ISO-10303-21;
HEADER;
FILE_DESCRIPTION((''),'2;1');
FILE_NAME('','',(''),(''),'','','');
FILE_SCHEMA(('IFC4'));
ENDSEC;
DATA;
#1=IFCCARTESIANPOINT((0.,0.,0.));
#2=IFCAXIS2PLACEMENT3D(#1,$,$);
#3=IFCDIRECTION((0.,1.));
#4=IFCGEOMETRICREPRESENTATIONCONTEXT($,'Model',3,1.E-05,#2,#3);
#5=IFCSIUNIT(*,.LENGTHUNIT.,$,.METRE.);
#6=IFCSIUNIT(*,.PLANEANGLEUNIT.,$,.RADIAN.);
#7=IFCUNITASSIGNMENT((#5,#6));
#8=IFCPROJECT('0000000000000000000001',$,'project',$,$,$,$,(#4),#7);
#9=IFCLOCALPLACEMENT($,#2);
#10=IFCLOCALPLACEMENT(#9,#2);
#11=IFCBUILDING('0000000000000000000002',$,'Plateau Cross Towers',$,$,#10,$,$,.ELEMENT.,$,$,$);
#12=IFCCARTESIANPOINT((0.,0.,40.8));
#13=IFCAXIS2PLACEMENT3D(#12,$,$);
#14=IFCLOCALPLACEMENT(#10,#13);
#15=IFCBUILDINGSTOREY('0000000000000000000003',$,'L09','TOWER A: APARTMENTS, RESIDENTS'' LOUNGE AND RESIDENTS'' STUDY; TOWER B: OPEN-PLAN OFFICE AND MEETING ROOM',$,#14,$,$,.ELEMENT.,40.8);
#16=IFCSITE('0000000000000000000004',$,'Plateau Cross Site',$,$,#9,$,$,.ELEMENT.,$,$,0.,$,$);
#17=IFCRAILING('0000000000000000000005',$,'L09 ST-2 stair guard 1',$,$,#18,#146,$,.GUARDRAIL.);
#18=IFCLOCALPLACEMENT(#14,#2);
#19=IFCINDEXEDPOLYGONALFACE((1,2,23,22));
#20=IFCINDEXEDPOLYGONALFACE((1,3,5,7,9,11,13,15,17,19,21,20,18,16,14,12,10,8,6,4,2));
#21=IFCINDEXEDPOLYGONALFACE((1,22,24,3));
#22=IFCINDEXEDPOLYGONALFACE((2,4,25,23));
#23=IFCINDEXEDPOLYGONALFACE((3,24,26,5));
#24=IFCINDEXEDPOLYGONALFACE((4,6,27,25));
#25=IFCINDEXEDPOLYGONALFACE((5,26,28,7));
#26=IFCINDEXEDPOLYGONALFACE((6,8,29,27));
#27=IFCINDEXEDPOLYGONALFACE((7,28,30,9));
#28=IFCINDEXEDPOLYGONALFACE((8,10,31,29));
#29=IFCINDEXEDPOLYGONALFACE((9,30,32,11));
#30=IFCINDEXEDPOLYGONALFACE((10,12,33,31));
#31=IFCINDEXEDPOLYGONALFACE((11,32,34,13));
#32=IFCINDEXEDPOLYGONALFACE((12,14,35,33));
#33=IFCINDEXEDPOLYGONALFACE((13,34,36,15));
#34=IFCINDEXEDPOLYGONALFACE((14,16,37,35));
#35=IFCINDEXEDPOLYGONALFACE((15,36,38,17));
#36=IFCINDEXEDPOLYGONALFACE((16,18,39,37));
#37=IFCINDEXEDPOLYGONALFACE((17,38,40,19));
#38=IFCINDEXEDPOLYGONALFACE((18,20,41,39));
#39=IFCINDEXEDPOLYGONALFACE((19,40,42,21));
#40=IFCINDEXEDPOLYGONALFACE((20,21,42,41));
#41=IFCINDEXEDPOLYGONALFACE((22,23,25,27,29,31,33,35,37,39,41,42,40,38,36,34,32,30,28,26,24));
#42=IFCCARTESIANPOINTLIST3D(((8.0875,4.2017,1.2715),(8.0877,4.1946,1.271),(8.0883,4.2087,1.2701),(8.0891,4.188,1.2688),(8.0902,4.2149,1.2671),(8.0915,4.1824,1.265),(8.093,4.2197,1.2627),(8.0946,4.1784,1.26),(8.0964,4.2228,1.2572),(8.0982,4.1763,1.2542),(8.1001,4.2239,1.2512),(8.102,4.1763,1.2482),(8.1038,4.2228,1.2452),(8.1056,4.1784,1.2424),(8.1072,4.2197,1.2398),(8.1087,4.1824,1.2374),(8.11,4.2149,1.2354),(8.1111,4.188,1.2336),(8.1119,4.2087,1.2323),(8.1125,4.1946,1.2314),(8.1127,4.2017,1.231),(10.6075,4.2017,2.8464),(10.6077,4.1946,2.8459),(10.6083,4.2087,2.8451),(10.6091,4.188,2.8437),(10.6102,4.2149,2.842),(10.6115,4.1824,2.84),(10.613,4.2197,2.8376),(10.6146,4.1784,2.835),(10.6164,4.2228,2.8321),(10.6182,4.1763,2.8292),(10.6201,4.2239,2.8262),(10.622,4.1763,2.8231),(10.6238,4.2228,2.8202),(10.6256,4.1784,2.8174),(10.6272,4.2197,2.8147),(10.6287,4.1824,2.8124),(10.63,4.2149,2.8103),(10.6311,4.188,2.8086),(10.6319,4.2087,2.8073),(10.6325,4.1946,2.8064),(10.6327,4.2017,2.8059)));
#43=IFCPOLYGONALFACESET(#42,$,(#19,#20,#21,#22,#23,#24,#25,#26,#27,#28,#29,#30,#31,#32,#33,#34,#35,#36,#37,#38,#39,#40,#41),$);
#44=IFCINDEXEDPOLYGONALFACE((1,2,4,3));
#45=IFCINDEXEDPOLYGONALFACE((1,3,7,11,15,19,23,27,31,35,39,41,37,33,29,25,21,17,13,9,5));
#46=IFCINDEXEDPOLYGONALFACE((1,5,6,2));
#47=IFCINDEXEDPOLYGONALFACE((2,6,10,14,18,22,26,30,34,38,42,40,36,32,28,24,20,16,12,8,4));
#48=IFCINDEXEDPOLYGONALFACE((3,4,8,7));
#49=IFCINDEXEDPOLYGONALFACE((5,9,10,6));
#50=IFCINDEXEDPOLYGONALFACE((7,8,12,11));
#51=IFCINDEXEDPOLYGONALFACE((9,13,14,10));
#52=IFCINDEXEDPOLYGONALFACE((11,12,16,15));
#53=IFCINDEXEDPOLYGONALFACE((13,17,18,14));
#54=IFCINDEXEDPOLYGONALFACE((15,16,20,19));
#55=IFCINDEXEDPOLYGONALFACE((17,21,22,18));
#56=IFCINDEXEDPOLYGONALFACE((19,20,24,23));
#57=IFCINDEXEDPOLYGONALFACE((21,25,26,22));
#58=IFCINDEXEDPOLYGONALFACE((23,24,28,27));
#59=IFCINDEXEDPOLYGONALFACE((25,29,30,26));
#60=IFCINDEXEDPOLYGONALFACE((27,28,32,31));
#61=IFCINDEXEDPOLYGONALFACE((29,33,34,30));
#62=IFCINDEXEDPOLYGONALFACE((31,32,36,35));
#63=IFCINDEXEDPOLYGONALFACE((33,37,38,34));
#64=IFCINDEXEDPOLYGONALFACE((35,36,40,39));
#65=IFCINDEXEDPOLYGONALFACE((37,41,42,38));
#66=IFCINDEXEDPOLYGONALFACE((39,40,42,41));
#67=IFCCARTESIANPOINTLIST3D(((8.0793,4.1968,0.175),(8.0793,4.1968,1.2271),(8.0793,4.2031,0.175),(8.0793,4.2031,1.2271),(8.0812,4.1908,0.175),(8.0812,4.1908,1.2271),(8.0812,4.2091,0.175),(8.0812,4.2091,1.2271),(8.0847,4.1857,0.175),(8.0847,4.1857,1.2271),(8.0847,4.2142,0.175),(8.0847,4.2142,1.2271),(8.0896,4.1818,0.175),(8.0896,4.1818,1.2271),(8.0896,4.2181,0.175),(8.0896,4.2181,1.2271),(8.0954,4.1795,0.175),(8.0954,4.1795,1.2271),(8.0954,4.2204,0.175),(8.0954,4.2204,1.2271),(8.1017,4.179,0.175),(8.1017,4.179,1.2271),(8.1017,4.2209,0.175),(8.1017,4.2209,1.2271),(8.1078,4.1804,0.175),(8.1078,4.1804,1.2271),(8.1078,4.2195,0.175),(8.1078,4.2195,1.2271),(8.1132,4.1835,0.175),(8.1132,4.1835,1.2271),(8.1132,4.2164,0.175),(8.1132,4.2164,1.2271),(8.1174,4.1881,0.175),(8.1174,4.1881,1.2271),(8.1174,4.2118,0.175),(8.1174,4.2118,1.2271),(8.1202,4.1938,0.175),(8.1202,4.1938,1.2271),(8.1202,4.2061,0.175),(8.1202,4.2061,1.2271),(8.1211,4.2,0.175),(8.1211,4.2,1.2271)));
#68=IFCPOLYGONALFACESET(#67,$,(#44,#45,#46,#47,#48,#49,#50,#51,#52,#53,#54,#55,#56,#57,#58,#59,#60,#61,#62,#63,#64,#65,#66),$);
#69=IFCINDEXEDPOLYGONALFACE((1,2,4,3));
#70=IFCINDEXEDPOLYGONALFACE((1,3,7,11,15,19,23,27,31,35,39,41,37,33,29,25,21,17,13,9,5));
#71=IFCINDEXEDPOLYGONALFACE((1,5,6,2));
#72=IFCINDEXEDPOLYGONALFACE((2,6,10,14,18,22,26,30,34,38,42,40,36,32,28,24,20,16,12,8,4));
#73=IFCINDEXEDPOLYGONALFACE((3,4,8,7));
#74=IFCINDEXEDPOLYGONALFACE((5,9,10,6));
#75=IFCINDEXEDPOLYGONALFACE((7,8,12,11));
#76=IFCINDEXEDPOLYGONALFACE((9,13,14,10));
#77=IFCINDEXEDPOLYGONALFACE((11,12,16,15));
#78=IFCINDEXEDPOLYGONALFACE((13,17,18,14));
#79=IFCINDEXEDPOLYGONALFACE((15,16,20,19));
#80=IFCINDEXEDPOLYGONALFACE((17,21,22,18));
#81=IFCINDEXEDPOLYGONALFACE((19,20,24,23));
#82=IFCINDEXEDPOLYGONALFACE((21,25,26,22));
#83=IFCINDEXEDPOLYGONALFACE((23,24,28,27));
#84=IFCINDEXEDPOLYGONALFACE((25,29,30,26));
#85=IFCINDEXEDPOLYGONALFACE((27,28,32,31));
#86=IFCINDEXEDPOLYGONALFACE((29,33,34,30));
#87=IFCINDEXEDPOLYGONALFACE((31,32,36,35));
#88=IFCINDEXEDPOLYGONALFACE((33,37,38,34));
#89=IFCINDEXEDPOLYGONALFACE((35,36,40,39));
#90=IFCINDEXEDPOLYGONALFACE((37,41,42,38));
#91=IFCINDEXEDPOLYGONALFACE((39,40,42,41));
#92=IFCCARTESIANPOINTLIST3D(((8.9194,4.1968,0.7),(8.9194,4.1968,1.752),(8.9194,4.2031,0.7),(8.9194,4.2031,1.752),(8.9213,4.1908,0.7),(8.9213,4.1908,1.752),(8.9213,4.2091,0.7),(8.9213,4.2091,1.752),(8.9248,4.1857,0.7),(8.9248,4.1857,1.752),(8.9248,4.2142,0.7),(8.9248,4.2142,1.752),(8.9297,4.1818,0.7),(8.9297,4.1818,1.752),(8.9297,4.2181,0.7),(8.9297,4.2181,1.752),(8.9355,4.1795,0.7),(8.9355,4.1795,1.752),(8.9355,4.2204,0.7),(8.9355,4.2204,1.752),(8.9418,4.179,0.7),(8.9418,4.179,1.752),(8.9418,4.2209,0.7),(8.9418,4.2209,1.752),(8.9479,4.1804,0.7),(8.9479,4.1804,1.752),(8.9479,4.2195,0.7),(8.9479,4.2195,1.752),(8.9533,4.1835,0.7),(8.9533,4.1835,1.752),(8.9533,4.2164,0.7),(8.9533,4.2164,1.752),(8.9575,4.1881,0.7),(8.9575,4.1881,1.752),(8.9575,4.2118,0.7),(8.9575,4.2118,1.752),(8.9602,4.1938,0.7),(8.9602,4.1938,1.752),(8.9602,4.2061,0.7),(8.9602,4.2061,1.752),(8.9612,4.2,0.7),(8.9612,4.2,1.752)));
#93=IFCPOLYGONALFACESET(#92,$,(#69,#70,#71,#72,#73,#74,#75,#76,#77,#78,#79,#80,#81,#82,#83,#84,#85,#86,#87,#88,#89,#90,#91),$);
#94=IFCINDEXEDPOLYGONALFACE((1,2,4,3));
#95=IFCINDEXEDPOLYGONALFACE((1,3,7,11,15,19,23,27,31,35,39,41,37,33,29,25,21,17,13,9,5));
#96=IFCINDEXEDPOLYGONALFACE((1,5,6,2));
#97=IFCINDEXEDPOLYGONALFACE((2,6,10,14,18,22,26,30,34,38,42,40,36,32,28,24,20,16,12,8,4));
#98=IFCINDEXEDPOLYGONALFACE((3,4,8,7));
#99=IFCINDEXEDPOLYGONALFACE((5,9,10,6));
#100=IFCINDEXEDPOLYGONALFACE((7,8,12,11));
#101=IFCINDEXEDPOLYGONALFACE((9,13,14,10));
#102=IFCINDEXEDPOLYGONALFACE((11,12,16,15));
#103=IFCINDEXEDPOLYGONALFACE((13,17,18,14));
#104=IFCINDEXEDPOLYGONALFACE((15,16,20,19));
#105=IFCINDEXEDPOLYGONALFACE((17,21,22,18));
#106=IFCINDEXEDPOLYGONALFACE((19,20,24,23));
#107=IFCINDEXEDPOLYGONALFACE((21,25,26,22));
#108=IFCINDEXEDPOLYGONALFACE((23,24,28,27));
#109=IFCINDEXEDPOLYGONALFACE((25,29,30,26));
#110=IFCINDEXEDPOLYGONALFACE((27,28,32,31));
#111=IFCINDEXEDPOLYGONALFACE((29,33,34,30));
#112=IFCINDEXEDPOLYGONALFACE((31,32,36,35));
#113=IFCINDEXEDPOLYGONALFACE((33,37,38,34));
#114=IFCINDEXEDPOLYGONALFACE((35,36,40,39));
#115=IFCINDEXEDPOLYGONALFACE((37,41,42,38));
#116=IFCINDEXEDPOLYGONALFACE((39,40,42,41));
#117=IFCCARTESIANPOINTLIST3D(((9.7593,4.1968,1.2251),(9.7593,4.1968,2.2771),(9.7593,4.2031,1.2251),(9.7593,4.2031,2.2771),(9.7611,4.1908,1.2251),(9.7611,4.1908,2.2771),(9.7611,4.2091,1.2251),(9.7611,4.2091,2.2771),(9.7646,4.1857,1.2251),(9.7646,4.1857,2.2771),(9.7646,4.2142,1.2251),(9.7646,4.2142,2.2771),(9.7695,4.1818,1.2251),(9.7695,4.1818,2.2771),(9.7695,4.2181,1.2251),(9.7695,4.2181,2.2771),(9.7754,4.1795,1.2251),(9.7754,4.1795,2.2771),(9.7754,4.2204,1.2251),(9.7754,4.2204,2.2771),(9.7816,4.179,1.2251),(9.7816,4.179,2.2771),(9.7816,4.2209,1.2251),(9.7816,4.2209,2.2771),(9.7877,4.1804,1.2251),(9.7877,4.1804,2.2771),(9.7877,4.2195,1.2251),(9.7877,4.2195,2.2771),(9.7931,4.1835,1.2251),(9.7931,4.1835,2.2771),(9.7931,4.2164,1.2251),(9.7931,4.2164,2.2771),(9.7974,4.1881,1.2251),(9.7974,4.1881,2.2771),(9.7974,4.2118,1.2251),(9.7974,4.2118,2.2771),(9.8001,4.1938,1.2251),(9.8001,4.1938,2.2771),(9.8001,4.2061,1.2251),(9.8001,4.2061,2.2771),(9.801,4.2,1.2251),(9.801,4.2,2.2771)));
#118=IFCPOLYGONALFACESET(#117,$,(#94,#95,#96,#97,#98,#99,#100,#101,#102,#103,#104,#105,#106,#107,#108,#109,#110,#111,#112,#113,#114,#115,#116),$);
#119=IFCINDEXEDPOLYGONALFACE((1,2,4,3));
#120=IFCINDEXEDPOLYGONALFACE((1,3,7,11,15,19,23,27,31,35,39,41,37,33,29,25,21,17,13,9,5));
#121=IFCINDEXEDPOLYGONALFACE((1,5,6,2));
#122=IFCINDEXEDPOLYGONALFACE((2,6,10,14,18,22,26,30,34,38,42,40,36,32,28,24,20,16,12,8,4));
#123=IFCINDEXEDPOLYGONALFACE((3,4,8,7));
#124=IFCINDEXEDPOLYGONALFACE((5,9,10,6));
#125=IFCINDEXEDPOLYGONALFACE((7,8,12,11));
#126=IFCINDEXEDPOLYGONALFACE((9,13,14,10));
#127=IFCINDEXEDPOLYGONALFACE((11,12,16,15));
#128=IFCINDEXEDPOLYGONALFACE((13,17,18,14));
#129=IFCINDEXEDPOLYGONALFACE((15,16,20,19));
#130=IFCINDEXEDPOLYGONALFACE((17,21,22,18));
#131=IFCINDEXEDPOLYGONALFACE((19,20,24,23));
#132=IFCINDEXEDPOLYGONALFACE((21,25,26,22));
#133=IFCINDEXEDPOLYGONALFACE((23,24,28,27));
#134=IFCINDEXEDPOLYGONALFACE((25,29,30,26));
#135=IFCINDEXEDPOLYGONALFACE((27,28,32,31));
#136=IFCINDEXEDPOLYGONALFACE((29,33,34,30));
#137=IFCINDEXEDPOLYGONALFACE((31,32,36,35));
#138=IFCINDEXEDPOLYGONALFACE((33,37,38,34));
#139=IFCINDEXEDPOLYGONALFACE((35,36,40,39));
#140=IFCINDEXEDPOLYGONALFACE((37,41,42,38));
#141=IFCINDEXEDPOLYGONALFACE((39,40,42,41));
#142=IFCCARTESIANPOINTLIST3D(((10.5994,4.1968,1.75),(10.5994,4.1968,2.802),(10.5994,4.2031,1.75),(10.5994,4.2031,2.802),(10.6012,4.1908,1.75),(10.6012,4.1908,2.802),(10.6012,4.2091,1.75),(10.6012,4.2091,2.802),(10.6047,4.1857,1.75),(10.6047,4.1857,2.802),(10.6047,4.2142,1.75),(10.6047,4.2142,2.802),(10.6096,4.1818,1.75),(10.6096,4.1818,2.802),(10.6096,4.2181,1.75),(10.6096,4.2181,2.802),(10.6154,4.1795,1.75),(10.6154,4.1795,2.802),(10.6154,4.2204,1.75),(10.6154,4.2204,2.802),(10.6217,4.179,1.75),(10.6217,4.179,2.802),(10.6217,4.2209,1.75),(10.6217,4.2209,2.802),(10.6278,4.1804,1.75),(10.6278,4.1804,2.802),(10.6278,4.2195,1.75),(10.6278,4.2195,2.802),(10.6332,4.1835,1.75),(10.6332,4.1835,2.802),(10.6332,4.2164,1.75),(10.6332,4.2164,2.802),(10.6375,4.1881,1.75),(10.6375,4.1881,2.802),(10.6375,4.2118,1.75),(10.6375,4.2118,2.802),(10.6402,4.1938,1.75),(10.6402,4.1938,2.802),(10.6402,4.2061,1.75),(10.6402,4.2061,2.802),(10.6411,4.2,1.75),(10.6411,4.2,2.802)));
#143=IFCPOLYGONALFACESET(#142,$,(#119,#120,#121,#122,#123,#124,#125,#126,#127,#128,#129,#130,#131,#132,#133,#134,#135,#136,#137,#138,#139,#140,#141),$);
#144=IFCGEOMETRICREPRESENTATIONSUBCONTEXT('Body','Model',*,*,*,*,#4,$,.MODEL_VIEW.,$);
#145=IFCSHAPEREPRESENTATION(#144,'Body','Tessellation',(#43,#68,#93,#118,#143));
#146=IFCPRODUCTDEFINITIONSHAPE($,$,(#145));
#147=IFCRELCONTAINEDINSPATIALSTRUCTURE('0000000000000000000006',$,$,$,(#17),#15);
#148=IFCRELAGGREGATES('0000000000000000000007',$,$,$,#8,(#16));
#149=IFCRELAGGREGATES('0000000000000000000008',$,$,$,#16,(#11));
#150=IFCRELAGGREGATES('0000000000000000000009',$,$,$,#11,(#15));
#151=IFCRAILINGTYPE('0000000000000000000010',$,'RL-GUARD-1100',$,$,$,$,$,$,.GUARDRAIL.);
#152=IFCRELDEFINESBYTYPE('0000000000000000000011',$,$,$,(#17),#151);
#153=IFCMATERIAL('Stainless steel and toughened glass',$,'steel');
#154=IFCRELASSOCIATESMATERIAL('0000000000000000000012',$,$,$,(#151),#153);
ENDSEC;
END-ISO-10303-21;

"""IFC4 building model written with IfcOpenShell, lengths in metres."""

from ifc_helpers import new_model, si_unit, direction, frame, origin, origin_2d, place, context, subcontext, project, spatial, circle, extrude, material, type_object, element, save


model = new_model("IFC4")

# Units and contexts
model_context = context("Model", 3, precision=1e-05, world=origin(), true_north=direction((0.0, 1.0)))
body_context = subcontext(model_context, "Body", "Model", "MODEL_VIEW")
ifc_project = project(units=[si_unit("LENGTHUNIT", "METRE"), si_unit("PLANEANGLEUNIT", "RADIAN")], contexts=[model_context])

# Site, building, storey
site_placement = place(None, origin())
site = spatial("IfcSite", under=ifc_project, at=site_placement, Name="Plateau Cross Site", CompositionType="ELEMENT", RefElevation=0.0)
building_placement = place(site_placement, origin())
building = spatial("IfcBuilding", under=site, at=building_placement, Name="Plateau Cross Towers", CompositionType="ELEMENT")
storey_placement = place(building_placement, frame((0.0, 0.0, 40.8)))
storey = spatial("IfcBuildingStorey", under=building, at=storey_placement, Name="L09", Description="TOWER A: APARTMENTS, RESIDENTS' LOUNGE AND RESIDENTS' STUDY; TOWER B: OPEN-PLAN OFFICE AND MEETING ROOM", CompositionType="ELEMENT", Elevation=40.8)

# Railing
ifc_material_1 = material(Name="Stainless steel and toughened glass", Category="steel")
railing_type_1 = type_object("IfcRailingType", Name="RL-GUARD-1100", PredefinedType="GUARDRAIL", material=ifc_material_1)
railing_1_placement = place(storey_placement, frame((8.1001, 4.2, 0.175)))
element("IfcRailing", 1, at=railing_1_placement, inside=storey, type_object=railing_type_1, Name="L09 ST-2 stair guard 1", PredefinedType="GUARDRAIL", context=body_context, shape_type="SweptSolid", body=[
    extrude(circle(Radius=0.0239, at=origin_2d()), frame((0.0, 0.0, 1.0762), z_axis=(0.848008, 0.0, 0.529984), x_axis=(0.0, 1.0, 0.0)), (0.0, 0.0, 1.0), 2.9717),
    extrude(circle(Radius=0.021, at=origin_2d()), origin(), (0.0, 0.0, 1.0), 1.052),
    extrude(circle(Radius=0.021, at=origin_2d()), frame((0.8401, 0.0, 0.5249)), (0.0, 0.0, 1.0), 1.052),
    extrude(circle(Radius=0.021, at=origin_2d()), frame((1.6799, 0.0, 1.05)), (0.0, 0.0, 1.0), 1.052),
    extrude(circle(Radius=0.021, at=origin_2d()), frame((2.52, 0.0, 1.575)), (0.0, 0.0, 1.0), 1.052),
])

save(model, "model.ifc")
